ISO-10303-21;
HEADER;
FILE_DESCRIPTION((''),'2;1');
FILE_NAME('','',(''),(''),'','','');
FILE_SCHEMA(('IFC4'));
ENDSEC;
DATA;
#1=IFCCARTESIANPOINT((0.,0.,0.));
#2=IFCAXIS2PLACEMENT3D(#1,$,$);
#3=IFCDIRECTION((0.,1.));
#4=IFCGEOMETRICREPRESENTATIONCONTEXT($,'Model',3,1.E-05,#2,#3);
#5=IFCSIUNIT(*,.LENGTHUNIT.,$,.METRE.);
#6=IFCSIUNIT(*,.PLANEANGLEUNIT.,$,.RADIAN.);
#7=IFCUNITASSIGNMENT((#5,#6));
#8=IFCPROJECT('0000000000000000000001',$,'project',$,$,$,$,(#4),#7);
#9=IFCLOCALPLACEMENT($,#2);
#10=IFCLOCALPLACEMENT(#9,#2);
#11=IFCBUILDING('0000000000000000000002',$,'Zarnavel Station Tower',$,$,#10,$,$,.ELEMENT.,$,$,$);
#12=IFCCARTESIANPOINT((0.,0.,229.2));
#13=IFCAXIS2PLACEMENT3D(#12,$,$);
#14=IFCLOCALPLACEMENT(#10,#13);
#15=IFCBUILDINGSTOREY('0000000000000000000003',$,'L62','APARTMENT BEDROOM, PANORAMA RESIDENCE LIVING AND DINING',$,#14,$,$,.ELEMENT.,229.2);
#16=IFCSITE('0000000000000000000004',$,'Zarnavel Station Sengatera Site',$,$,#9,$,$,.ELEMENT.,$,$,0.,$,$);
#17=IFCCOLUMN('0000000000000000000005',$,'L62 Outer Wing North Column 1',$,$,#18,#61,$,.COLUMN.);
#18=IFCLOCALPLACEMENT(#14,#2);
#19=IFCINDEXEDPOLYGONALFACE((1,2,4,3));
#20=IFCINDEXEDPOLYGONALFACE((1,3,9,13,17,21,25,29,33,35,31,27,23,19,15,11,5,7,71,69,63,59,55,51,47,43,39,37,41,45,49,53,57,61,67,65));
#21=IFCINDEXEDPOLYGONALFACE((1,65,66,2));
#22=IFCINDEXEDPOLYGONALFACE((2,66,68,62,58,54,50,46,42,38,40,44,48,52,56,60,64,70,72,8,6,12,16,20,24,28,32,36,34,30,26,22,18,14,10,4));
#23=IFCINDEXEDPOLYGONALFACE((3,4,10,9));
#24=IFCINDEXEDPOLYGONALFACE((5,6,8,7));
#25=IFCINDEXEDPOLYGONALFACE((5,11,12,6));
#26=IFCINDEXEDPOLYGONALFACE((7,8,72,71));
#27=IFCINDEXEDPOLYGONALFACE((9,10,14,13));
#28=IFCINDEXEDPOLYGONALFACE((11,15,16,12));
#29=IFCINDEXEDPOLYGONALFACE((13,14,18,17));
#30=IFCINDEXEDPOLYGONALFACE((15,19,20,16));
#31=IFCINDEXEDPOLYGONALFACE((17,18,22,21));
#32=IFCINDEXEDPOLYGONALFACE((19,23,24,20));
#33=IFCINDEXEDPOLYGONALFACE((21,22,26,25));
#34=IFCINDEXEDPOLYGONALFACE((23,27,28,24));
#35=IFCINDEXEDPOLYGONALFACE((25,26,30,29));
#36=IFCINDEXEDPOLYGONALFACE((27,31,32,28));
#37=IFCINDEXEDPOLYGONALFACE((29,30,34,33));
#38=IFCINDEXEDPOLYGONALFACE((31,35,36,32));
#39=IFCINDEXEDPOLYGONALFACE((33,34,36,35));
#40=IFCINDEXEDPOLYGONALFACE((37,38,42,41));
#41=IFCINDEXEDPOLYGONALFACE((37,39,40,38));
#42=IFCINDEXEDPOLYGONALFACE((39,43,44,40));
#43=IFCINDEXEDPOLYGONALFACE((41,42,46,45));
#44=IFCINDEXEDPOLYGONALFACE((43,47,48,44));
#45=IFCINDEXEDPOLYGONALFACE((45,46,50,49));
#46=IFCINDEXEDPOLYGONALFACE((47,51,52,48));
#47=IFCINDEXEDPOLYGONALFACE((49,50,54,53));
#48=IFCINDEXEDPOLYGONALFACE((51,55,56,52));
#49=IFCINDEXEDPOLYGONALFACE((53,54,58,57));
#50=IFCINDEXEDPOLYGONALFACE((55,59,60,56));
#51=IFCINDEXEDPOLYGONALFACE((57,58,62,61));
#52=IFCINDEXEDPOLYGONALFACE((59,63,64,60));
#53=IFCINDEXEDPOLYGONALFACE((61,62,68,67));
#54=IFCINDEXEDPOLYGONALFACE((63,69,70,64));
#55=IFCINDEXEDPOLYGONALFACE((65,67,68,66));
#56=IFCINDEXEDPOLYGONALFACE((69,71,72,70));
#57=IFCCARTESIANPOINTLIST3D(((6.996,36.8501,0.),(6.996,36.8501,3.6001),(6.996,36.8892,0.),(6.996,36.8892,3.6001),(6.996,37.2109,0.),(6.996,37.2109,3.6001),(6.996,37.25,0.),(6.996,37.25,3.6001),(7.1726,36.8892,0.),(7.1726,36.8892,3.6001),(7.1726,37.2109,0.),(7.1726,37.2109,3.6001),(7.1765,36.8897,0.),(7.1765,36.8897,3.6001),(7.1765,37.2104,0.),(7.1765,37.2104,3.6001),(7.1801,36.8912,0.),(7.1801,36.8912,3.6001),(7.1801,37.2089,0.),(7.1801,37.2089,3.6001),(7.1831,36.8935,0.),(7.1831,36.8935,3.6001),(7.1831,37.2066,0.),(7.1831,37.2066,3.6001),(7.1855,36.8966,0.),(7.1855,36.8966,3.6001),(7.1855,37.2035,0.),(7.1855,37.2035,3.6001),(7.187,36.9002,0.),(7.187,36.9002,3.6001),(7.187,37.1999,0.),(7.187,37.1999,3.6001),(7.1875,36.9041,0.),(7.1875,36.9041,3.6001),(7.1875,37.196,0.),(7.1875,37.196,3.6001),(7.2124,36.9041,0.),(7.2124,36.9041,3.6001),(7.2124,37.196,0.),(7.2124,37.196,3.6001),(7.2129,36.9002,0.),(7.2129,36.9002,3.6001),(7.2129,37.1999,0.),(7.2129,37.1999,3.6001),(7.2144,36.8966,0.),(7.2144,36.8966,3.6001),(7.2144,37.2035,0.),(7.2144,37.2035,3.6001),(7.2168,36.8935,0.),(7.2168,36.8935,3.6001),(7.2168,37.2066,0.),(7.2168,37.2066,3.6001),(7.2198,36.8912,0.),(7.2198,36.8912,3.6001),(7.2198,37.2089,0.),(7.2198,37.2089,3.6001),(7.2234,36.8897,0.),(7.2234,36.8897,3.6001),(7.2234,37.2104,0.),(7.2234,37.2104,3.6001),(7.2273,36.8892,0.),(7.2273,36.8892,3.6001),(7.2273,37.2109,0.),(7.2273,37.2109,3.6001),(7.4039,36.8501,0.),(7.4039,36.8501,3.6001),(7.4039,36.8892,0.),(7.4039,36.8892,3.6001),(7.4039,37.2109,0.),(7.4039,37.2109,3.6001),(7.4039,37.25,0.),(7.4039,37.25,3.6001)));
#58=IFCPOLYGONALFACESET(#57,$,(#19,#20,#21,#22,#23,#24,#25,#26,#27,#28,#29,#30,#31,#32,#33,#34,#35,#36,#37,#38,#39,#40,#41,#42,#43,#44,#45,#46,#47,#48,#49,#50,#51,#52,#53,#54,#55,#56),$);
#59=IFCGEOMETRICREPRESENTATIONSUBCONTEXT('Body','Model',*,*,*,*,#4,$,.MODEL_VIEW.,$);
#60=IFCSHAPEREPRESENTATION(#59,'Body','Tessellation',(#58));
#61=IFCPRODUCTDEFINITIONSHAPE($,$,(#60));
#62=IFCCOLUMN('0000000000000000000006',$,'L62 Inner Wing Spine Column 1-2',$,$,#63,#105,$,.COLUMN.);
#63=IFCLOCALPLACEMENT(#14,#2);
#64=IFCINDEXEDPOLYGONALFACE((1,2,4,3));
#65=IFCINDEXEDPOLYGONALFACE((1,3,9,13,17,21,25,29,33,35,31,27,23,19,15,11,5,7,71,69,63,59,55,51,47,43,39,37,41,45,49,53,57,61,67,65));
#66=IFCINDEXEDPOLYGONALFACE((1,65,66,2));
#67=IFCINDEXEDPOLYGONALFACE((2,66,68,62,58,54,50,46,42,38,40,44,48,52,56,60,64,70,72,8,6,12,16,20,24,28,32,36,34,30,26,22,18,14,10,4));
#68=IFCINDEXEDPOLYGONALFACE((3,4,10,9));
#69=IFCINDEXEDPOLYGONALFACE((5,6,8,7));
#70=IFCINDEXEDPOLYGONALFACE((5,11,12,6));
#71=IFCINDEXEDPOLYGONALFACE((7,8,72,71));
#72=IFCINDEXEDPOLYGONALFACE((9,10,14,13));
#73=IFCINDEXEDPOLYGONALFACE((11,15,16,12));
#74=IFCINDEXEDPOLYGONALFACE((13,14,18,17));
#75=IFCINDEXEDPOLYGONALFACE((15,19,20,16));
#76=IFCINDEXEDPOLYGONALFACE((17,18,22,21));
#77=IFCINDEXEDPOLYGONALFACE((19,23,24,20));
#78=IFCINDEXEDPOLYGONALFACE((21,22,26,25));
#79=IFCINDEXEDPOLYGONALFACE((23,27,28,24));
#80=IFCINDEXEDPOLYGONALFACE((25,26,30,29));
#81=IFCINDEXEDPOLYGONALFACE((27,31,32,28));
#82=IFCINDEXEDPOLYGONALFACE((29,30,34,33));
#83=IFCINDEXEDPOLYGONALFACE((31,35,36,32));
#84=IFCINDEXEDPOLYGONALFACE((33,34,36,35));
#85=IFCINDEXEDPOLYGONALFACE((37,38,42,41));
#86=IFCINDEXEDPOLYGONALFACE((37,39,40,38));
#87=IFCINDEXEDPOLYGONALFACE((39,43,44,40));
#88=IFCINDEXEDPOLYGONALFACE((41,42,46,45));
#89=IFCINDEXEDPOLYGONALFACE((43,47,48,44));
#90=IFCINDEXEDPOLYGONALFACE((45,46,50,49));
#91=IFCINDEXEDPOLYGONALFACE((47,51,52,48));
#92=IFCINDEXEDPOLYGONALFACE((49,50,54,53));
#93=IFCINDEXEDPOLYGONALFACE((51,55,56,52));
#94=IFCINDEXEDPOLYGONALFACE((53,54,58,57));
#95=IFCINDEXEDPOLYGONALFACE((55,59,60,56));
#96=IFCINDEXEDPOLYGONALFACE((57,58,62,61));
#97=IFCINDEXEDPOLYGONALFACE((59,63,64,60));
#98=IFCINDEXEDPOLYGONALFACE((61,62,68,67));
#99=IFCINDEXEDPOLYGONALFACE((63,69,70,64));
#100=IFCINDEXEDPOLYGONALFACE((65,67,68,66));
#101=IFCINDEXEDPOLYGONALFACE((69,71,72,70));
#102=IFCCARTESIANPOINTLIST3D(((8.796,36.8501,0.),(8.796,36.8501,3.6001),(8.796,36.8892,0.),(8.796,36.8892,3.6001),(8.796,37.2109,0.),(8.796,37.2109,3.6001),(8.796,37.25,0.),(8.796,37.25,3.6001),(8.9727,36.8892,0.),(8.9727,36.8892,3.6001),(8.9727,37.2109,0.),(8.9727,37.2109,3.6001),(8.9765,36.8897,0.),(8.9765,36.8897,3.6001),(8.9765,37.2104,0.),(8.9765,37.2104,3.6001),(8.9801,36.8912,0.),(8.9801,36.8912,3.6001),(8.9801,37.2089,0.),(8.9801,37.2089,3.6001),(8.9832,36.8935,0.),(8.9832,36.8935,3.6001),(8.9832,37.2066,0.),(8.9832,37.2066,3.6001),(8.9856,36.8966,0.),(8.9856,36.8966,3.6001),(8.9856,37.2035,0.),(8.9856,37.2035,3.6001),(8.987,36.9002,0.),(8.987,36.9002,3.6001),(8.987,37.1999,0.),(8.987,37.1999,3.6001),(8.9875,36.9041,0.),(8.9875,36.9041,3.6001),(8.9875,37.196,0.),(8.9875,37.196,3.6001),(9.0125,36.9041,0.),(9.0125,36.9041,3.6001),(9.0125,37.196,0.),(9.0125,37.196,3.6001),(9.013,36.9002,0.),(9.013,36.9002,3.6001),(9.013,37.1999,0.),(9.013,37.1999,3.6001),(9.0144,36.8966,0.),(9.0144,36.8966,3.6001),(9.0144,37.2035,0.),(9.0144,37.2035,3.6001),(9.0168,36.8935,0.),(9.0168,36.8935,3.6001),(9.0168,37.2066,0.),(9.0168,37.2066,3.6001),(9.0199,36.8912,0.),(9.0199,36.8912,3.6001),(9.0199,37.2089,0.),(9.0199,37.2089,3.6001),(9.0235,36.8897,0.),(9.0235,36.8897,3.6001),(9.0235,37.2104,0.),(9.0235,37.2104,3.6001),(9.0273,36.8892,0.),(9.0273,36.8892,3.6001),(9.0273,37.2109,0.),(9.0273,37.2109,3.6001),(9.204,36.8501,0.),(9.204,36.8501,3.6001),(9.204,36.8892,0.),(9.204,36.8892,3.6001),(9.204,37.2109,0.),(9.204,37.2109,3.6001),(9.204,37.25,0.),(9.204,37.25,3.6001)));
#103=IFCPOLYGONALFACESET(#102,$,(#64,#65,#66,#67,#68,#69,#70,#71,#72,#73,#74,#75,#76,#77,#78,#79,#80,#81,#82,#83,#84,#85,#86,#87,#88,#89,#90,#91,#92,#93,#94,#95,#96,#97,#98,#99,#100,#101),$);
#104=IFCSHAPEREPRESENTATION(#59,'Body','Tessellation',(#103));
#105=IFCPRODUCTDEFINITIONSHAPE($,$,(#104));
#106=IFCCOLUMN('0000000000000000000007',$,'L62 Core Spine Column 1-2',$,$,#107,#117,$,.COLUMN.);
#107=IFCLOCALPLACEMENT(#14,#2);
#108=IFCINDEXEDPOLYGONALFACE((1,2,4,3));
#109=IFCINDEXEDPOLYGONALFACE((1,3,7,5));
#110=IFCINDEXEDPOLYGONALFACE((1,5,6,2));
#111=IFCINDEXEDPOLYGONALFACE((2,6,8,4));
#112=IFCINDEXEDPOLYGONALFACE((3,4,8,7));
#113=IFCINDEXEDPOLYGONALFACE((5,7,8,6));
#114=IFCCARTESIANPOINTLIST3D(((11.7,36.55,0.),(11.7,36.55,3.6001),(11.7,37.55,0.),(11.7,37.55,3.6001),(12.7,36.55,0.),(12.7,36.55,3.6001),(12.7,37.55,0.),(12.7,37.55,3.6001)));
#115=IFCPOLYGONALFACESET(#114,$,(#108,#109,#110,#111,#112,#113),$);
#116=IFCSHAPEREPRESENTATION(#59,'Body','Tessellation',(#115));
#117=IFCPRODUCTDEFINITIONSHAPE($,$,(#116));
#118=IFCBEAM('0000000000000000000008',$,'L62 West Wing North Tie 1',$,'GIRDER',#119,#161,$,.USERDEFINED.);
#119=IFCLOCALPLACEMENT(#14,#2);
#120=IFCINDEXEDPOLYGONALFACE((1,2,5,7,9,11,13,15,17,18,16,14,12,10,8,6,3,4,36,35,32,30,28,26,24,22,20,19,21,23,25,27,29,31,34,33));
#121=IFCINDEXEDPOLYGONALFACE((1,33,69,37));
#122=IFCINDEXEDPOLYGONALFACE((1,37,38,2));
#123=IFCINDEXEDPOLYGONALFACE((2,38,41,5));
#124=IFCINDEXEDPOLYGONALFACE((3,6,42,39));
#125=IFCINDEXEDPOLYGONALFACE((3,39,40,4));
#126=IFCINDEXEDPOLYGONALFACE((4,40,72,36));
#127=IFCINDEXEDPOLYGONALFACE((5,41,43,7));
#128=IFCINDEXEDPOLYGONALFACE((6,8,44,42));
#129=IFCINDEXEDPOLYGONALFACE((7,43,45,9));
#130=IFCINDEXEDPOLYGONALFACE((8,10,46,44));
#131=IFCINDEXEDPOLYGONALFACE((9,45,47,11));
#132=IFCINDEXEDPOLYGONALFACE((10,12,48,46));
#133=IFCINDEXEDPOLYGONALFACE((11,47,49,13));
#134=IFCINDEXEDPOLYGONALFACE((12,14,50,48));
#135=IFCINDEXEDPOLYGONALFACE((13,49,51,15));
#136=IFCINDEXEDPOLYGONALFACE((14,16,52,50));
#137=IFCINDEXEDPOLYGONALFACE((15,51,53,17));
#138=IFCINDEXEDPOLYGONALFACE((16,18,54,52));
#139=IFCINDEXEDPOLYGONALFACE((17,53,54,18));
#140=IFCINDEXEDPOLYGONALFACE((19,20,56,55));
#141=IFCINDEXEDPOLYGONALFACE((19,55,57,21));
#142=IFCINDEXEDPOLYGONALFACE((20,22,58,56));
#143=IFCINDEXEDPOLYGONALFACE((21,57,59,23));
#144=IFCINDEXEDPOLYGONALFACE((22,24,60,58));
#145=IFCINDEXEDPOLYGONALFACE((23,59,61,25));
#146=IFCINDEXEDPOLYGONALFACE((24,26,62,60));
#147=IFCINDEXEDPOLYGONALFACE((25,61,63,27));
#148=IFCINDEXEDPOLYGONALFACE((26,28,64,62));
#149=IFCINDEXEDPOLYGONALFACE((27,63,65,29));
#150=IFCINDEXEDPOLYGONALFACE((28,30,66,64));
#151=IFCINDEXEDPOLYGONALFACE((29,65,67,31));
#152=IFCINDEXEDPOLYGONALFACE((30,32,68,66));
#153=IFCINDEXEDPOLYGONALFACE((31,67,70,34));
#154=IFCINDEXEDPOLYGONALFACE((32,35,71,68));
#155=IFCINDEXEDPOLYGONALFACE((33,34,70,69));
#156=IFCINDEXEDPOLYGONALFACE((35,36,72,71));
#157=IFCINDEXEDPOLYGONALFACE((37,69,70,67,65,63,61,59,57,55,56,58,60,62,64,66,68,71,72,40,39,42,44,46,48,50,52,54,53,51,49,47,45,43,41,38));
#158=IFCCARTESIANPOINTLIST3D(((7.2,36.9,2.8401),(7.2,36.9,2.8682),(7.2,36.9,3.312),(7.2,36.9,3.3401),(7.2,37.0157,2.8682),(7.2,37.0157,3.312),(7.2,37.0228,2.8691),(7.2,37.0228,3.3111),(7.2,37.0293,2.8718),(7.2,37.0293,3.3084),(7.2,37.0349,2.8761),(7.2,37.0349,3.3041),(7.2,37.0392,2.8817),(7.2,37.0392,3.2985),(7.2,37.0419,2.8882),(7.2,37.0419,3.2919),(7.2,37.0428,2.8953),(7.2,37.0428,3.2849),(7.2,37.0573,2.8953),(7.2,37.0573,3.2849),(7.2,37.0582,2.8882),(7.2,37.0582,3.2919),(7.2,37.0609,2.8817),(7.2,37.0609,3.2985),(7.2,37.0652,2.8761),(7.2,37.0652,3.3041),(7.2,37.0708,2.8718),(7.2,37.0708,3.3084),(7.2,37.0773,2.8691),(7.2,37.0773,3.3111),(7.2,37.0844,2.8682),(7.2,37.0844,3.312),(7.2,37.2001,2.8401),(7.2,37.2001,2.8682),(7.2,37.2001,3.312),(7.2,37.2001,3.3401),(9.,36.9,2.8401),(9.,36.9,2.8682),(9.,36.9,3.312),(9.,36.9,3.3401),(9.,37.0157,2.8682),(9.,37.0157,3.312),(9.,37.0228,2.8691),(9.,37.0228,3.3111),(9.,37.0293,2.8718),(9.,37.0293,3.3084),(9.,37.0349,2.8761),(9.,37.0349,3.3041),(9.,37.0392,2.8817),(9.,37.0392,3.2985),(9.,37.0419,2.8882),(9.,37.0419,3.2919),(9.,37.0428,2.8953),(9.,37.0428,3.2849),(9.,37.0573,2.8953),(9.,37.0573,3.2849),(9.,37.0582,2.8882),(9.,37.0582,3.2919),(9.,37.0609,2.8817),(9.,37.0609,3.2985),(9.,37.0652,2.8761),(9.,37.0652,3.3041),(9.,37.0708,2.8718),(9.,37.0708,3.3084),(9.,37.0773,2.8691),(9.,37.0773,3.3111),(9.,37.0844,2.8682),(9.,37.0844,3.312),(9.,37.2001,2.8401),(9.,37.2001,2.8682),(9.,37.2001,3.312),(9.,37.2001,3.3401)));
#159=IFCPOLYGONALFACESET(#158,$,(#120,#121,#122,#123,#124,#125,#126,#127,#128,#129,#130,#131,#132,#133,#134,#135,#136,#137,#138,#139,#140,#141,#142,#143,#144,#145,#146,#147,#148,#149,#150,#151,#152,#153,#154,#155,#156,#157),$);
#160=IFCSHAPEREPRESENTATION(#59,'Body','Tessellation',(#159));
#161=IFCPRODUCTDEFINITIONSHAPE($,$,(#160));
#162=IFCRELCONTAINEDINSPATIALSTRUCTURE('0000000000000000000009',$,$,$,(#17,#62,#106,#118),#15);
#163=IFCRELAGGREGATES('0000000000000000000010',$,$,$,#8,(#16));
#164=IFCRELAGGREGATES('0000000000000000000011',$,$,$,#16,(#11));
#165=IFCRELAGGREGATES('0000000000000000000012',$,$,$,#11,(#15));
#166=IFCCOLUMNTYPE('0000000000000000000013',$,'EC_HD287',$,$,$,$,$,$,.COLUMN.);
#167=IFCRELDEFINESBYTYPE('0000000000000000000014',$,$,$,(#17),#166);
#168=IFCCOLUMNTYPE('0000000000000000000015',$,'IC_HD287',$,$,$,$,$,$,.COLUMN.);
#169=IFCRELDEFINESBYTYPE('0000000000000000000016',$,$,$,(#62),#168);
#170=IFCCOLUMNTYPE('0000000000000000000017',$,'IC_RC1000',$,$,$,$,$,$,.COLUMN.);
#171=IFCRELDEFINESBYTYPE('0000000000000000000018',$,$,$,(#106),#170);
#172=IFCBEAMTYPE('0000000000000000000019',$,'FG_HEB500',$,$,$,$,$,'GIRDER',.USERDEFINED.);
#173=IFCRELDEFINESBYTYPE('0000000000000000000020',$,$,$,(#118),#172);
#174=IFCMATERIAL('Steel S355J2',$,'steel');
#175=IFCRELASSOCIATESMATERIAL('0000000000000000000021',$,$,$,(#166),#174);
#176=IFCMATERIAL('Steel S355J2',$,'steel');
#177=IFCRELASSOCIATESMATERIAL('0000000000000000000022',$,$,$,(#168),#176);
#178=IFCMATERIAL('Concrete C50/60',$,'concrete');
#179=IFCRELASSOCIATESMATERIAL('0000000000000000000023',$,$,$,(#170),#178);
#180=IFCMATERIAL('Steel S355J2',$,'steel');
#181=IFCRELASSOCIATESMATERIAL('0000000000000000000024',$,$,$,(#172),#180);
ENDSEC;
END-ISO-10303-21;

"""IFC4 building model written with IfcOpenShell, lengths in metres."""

from ifc_helpers import new_model, si_unit, direction, frame, origin, origin_2d, place, context, subcontext, project, spatial, rectangle, i_section, extrude, material, material_profile, profile_set, type_object, element, save


model = new_model("IFC4")

# Units and contexts
model_context = context("Model", 3, precision=1e-05, world=origin(), true_north=direction((0.0, 1.0)))
body_context = subcontext(model_context, "Body", "Model", "MODEL_VIEW")
ifc_project = project(units=[si_unit("LENGTHUNIT", "METRE"), si_unit("PLANEANGLEUNIT", "RADIAN")], contexts=[model_context])

# Site, building, storey
site_placement = place(None, origin())
site = spatial("IfcSite", under=ifc_project, at=site_placement, Name="Zarnavel Station Sengatera Site", CompositionType="ELEMENT", RefElevation=0.0)
building_placement = place(site_placement, origin())
building = spatial("IfcBuilding", under=site, at=building_placement, Name="Zarnavel Station Tower", CompositionType="ELEMENT")
storey_placement = place(building_placement, frame((0.0, 0.0, 229.2)))
storey = spatial("IfcBuildingStorey", under=building, at=storey_placement, Name="L62", Description="APARTMENT BEDROOM, PANORAMA RESIDENCE LIVING AND DINING", CompositionType="ELEMENT", Elevation=229.2)

# Columns
ifc_material_1 = material(Name="Steel S355J2", Category="steel")
ifc_material_profile_1 = material_profile(ifc_material_1, i_section(OverallWidth=0.408, OverallDepth=0.3999, WebThickness=0.0249, FlangeThickness=0.0391, FilletRadius=0.0149, at=origin_2d()), Name="HD400x287")
ifc_profile_set_1 = profile_set([ifc_material_profile_1], Name="Steel S355J2")
column_type_1 = type_object("IfcColumnType", Name="EC_HD287", PredefinedType="COLUMN", material=ifc_profile_set_1)
column_1_placement = place(storey_placement, frame((7.2, 37.05, 0.0), z_axis=(0.0, 0.0, 1.0), x_axis=(1.0, 0.0, 0.0)))
element("IfcColumn", 1, at=column_1_placement, inside=storey, type_object=column_type_1, Name="L62 Outer Wing North Column 1", PredefinedType="COLUMN", context=body_context, shape_type="SweptSolid", body=[
    extrude(i_section(OverallWidth=0.408, OverallDepth=0.3999, WebThickness=0.0249, FlangeThickness=0.0391, FilletRadius=0.0149, at=origin_2d()), origin(), (0.0, 0.0, 1.0), 3.6001),
])
ifc_material_2 = material(Name="Steel S355J2", Category="steel")
ifc_material_profile_2 = material_profile(ifc_material_2, i_section(OverallWidth=0.408, OverallDepth=0.3999, WebThickness=0.0249, FlangeThickness=0.0391, FilletRadius=0.0149, at=origin_2d()), Name="HD400x287")
ifc_profile_set_2 = profile_set([ifc_material_profile_2], Name="Steel S355J2")
column_type_2 = type_object("IfcColumnType", Name="IC_HD287", PredefinedType="COLUMN", material=ifc_profile_set_2)
column_2_placement = place(storey_placement, frame((9.0, 37.05, 0.0), z_axis=(0.0, 0.0, 1.0), x_axis=(1.0, 0.0, 0.0)))
element("IfcColumn", 2, at=column_2_placement, inside=storey, type_object=column_type_2, Name="L62 Inner Wing Spine Column 1-2", PredefinedType="COLUMN", context=body_context, shape_type="SweptSolid", body=[
    extrude(i_section(OverallWidth=0.408, OverallDepth=0.3999, WebThickness=0.0249, FlangeThickness=0.0391, FilletRadius=0.0149, at=origin_2d()), origin(), (0.0, 0.0, 1.0), 3.6001),
])
ifc_material_3 = material(Name="Concrete C50/60", Category="concrete")
ifc_material_profile_3 = material_profile(ifc_material_3, rectangle(XDim=1.0, YDim=1.0, at=origin_2d()), Name="RC1000x1000")
ifc_profile_set_3 = profile_set([ifc_material_profile_3], Name="Concrete C50/60")
column_type_3 = type_object("IfcColumnType", Name="IC_RC1000", PredefinedType="COLUMN", material=ifc_profile_set_3)
column_3_placement = place(storey_placement, frame((12.2, 37.05, 0.0), z_axis=(0.0, 0.0, 1.0), x_axis=(1.0, 0.0, 0.0)))
element("IfcColumn", 3, at=column_3_placement, inside=storey, type_object=column_type_3, Name="L62 Core Spine Column 1-2", PredefinedType="COLUMN", context=body_context, shape_type="SweptSolid", body=[
    extrude(rectangle(XDim=1.0, YDim=1.0, at=origin_2d()), origin(), (0.0, 0.0, 1.0), 3.6001),
])

# Beam
ifc_material_4 = material(Name="Steel S355J2", Category="steel")
ifc_material_profile_4 = material_profile(ifc_material_4, i_section(OverallWidth=0.3, OverallDepth=0.5, WebThickness=0.0144, FlangeThickness=0.0281, FilletRadius=0.0271, at=origin_2d()), Name="HEB500")
ifc_profile_set_4 = profile_set([ifc_material_profile_4], Name="Steel S355J2")
beam_type = type_object("IfcBeamType", Name="FG_HEB500", ElementType="GIRDER", PredefinedType="USERDEFINED", material=ifc_profile_set_4)
beam_1_placement = place(storey_placement, frame((7.2, 37.05, 3.0901), z_axis=(1.0, 0.0, 0.0), x_axis=(0.0, 1.0, 0.0)))
element("IfcBeam", 4, at=beam_1_placement, inside=storey, type_object=beam_type, Name="L62 West Wing North Tie 1", ObjectType="GIRDER", PredefinedType="USERDEFINED", context=body_context, shape_type="SweptSolid", body=[
    extrude(i_section(OverallWidth=0.3, OverallDepth=0.5, WebThickness=0.0144, FlangeThickness=0.0281, FilletRadius=0.0271, at=origin_2d()), origin(), (0.0, 0.0, 1.0), 1.8),
])

save(model, "model.ifc")
